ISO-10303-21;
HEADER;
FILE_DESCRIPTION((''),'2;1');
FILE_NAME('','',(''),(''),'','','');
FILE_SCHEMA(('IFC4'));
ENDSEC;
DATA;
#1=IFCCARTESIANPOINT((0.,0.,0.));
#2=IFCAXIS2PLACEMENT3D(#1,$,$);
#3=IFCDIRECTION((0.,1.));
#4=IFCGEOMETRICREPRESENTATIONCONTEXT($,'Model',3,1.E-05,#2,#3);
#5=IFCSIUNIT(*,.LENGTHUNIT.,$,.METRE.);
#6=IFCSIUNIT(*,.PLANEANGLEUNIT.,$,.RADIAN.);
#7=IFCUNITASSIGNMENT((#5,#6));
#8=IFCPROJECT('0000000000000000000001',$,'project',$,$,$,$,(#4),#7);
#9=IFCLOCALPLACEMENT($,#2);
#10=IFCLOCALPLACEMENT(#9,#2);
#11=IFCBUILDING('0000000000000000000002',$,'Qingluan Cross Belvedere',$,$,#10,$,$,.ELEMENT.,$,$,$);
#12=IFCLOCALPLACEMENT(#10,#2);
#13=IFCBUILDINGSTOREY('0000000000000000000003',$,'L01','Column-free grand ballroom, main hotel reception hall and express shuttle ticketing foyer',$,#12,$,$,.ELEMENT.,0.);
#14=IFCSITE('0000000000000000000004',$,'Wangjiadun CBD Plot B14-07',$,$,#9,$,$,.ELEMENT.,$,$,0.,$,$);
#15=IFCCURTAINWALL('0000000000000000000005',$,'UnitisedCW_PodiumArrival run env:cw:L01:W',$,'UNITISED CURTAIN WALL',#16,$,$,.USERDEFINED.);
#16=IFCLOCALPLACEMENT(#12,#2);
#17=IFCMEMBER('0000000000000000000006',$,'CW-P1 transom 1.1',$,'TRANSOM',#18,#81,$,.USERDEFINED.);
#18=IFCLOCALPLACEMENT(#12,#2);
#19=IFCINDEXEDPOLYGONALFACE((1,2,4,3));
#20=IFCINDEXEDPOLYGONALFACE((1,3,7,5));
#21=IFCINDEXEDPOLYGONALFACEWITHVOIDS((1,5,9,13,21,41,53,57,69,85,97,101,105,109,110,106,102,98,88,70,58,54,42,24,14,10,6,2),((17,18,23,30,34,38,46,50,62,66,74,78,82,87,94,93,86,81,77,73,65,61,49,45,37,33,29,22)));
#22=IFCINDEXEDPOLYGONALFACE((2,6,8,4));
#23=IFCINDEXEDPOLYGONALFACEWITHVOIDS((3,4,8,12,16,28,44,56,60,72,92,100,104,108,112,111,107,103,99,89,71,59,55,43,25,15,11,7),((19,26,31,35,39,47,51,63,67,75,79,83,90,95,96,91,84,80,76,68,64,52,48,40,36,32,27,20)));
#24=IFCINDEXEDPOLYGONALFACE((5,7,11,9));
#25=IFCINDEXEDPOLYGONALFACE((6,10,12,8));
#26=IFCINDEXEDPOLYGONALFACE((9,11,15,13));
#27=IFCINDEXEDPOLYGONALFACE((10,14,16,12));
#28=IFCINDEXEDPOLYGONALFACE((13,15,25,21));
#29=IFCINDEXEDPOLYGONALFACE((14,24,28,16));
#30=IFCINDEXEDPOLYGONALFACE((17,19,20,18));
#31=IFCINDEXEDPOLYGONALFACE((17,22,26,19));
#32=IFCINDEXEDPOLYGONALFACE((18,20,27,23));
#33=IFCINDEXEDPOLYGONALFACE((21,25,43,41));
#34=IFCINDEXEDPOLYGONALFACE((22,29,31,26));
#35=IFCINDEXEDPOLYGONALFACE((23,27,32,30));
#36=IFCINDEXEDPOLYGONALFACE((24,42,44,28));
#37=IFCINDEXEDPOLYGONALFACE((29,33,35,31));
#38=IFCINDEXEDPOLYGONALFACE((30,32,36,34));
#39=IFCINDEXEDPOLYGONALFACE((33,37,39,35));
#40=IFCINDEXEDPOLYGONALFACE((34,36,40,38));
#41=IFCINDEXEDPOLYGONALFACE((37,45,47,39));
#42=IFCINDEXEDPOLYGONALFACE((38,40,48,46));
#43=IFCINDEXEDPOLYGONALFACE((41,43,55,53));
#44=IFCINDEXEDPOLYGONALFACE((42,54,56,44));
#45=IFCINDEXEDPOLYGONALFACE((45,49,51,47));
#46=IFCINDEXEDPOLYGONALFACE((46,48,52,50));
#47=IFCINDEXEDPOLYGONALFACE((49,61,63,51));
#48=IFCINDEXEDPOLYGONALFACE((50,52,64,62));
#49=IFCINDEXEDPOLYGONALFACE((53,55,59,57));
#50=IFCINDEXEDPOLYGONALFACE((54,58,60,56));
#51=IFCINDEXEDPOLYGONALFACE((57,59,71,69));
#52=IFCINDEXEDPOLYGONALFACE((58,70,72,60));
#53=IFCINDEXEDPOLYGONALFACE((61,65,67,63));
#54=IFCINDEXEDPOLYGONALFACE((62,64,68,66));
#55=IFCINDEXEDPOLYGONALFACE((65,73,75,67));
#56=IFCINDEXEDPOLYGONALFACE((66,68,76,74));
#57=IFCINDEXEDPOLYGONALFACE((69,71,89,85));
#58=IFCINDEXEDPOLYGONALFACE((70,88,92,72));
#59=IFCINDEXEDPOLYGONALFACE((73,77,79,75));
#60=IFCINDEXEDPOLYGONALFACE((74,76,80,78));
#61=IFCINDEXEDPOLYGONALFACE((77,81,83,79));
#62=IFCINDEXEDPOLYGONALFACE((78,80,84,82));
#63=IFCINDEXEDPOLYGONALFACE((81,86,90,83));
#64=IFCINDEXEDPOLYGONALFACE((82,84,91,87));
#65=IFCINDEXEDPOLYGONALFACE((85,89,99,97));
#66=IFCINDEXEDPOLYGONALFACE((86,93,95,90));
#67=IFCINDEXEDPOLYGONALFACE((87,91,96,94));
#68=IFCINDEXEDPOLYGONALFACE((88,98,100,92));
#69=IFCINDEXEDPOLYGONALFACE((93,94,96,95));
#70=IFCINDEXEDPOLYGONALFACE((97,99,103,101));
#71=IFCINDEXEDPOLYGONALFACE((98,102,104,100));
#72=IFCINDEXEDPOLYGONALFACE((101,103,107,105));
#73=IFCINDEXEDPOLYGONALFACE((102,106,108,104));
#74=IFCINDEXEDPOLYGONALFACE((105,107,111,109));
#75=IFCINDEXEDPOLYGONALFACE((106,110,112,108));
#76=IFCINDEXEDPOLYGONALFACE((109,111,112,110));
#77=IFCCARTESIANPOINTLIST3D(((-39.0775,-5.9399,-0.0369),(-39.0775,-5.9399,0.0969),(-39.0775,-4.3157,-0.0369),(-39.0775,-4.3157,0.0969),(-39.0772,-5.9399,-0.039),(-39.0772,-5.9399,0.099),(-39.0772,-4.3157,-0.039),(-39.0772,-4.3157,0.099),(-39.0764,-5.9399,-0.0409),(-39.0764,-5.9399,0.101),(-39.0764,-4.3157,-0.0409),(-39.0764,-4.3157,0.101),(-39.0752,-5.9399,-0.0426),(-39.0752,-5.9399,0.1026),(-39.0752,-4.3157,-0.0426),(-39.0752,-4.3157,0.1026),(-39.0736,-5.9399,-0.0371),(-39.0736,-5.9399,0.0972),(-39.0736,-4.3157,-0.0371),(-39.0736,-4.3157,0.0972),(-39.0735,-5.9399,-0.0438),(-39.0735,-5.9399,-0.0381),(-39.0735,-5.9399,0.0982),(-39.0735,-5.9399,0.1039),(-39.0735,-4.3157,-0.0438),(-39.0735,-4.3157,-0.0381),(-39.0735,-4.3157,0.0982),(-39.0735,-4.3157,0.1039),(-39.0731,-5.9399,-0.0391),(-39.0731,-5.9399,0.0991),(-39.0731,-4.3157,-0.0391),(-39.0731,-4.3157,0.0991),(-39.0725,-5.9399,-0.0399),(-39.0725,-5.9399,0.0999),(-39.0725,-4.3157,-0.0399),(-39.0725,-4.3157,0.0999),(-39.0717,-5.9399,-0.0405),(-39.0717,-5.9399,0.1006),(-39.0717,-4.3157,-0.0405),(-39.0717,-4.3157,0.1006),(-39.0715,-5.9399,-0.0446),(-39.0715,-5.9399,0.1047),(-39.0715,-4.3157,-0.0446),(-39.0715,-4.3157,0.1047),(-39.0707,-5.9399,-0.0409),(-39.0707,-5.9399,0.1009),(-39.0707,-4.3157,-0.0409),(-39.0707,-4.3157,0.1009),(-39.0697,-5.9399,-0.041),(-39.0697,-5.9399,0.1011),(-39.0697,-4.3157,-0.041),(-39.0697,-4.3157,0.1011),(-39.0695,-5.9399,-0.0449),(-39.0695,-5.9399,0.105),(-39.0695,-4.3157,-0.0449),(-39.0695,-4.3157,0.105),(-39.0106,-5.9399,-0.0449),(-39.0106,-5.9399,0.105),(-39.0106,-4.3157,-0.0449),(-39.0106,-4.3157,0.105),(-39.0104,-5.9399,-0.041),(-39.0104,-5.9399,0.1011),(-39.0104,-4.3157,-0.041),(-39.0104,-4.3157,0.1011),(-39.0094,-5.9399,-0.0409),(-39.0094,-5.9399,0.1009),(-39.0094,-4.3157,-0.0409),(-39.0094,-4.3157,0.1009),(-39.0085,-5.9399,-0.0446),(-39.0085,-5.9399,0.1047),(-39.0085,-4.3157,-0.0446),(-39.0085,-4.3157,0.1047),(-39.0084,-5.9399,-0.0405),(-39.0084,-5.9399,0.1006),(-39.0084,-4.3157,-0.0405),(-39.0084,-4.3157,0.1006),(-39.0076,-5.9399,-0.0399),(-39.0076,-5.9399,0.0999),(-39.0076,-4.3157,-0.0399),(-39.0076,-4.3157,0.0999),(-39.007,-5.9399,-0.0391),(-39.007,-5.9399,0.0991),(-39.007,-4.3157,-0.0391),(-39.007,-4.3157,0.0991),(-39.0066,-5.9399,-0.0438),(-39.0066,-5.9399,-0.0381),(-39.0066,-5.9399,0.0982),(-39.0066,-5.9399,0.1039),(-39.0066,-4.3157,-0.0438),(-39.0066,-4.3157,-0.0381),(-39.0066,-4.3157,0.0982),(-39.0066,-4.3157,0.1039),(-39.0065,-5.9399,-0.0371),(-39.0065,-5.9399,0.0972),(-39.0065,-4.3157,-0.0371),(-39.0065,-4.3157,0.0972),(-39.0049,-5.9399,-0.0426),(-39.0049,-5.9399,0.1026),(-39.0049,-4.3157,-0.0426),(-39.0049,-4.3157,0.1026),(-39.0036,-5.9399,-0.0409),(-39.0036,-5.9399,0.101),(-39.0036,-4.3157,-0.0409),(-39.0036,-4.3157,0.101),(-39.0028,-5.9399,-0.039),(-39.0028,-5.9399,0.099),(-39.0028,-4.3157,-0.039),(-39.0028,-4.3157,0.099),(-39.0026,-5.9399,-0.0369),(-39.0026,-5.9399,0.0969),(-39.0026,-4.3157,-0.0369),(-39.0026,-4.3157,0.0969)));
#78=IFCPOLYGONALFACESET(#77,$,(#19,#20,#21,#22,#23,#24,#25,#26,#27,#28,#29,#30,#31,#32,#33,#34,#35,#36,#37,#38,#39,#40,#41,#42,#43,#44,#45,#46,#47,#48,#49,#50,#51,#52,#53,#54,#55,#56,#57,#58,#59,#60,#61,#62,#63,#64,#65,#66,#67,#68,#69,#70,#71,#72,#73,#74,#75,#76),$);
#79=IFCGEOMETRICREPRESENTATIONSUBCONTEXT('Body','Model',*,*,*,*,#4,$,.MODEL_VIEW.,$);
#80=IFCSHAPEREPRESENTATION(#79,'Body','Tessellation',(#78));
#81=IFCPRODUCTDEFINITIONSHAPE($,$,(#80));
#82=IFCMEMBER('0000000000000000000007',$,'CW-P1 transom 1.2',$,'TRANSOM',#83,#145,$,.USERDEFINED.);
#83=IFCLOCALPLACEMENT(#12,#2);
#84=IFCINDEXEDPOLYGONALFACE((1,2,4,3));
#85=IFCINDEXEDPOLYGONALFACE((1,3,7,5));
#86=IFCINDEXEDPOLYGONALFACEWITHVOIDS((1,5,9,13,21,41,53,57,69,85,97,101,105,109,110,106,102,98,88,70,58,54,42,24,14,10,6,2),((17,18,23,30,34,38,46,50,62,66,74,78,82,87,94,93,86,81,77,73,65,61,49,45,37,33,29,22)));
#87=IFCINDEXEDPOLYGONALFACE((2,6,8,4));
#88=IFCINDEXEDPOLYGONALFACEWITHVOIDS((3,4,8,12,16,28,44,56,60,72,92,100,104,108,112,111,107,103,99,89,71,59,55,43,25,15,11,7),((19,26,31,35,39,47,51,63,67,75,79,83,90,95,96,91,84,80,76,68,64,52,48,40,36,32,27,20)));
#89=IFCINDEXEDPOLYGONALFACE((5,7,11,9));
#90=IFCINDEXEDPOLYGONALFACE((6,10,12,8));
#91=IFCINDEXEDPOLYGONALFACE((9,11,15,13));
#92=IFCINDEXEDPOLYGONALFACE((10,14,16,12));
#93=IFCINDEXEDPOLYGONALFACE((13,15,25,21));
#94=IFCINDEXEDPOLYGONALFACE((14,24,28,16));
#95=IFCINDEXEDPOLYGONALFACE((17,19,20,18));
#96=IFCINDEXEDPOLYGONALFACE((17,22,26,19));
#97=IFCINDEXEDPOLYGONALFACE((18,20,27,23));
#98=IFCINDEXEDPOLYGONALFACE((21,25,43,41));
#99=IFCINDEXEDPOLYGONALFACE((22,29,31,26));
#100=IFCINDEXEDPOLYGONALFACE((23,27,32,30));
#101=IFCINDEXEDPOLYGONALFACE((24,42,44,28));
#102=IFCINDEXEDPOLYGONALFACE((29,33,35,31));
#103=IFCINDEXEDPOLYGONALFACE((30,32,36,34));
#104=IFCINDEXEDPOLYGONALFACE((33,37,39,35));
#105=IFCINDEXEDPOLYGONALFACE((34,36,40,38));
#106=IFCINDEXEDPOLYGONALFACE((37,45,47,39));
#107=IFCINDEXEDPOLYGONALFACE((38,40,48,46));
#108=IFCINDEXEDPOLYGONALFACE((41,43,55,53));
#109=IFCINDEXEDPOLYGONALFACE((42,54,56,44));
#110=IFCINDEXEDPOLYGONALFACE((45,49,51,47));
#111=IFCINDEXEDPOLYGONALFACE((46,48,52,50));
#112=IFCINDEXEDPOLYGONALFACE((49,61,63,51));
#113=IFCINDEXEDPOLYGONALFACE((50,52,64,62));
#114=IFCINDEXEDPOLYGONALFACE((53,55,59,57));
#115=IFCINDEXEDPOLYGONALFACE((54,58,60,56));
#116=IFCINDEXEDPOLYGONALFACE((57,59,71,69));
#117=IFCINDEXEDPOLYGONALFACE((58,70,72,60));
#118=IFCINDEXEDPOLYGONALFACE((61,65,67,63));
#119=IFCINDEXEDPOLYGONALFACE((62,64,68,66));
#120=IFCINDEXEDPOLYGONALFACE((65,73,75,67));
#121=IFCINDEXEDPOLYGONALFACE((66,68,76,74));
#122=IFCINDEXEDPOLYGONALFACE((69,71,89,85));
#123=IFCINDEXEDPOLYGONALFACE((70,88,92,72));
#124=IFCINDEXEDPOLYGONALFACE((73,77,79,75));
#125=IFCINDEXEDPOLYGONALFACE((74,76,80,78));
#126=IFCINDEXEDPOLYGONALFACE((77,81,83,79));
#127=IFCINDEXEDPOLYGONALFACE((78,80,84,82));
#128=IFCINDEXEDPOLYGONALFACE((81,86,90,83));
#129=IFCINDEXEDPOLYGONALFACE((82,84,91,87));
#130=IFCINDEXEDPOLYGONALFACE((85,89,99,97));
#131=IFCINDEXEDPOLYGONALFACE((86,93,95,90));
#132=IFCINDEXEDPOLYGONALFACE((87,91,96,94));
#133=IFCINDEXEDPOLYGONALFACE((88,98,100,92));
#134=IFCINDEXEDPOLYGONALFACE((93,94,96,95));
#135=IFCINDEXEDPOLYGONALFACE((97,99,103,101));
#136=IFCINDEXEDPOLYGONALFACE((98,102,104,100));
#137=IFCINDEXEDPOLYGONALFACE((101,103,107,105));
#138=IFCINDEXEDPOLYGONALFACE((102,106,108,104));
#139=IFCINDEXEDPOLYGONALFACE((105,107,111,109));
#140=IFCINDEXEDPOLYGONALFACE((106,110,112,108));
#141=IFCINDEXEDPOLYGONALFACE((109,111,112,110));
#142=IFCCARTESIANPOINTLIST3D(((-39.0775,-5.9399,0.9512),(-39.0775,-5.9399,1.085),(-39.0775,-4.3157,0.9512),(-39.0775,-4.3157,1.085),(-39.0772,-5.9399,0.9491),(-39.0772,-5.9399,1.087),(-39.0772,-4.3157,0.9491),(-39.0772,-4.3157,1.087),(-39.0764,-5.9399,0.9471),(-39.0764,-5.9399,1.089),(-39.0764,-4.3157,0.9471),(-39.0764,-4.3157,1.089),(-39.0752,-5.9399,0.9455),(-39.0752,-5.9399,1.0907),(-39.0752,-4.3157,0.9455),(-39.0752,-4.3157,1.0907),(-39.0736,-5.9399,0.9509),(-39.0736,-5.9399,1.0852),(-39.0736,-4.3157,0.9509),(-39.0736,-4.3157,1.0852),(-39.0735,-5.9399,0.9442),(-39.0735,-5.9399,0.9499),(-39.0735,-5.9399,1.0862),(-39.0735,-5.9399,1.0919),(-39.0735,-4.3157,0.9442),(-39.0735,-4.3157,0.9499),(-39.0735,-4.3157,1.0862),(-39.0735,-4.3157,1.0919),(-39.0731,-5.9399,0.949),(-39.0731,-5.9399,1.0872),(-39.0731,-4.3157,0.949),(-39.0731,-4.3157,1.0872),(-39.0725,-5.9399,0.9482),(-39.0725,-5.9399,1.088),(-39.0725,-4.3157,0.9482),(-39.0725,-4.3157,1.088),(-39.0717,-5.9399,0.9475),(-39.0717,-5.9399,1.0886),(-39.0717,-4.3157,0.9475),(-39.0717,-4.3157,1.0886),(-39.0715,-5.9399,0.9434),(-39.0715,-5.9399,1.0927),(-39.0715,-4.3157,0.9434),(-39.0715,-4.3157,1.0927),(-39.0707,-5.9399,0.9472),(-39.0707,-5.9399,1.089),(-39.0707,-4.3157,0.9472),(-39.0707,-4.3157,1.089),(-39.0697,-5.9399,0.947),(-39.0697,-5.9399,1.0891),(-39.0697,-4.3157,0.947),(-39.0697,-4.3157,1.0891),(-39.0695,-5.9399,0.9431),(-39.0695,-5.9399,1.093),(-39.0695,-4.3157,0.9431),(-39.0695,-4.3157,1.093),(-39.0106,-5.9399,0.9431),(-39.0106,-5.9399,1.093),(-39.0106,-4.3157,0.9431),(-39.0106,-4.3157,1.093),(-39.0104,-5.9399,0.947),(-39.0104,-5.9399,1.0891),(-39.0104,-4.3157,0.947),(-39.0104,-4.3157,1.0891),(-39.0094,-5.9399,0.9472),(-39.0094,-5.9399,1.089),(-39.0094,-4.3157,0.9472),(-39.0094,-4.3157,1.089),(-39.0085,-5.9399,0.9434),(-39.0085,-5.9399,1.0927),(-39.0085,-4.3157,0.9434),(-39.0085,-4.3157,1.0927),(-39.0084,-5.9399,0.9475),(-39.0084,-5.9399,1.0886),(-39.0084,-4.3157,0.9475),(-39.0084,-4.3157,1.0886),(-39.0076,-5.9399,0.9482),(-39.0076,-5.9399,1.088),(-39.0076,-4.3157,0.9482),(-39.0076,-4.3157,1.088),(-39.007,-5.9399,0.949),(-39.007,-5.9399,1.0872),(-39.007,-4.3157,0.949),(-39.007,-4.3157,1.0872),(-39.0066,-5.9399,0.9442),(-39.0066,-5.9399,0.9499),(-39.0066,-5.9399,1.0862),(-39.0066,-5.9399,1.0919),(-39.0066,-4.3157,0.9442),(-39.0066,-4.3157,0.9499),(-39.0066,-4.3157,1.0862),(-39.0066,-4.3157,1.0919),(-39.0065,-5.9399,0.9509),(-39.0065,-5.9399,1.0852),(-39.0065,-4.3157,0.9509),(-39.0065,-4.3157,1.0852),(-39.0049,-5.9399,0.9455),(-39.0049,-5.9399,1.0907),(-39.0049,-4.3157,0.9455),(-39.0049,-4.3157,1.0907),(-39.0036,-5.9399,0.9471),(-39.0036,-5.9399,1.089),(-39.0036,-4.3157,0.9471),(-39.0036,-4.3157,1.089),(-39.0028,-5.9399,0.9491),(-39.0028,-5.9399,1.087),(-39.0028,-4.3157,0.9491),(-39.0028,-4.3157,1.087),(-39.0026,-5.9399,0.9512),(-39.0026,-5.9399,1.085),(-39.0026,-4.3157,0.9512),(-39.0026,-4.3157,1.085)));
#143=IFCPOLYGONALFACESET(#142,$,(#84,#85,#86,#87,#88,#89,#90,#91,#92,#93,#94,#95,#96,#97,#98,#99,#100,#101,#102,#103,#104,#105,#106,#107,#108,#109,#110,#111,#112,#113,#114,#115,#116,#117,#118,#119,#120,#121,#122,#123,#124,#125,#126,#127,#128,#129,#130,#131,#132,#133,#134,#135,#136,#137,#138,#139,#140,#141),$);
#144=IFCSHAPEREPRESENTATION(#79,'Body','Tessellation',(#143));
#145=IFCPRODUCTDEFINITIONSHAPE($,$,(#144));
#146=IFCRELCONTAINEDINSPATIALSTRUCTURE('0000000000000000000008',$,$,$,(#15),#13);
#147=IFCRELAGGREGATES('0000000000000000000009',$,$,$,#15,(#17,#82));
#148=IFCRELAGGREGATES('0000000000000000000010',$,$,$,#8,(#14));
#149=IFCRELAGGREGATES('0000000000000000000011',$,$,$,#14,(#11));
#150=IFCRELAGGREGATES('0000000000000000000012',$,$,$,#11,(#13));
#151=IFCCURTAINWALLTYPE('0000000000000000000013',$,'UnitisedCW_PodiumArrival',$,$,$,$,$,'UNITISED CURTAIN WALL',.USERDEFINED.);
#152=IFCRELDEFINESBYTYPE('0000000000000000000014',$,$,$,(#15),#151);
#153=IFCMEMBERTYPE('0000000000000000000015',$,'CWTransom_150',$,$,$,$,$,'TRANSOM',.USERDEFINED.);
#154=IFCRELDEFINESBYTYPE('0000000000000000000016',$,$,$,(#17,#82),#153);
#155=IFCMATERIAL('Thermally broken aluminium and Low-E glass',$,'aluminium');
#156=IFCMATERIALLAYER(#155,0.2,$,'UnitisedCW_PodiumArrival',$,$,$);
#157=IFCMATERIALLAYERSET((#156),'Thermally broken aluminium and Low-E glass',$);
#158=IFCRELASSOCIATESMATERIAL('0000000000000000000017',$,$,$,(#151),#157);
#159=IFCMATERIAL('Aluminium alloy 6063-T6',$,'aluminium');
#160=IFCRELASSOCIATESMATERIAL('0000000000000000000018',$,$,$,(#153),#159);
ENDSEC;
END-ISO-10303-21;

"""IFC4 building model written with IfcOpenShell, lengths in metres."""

from ifc_helpers import new_model, si_unit, direction, frame, origin, origin_2d, place, context, subcontext, project, spatial, hollow_rectangle, extrude, material, layer, layer_set, material_profile, profile_set, type_object, element, aggregate, save


model = new_model("IFC4")

# Units and contexts
model_context = context("Model", 3, precision=1e-05, world=origin(), true_north=direction((0.0, 1.0)))
body_context = subcontext(model_context, "Body", "Model", "MODEL_VIEW")
ifc_project = project(units=[si_unit("LENGTHUNIT", "METRE"), si_unit("PLANEANGLEUNIT", "RADIAN")], contexts=[model_context])

# Site, building, storey
site_placement = place(None, origin())
site = spatial("IfcSite", under=ifc_project, at=site_placement, Name="Wangjiadun CBD Plot B14-07", CompositionType="ELEMENT", RefElevation=0.0)
building_placement = place(site_placement, origin())
building = spatial("IfcBuilding", under=site, at=building_placement, Name="Qingluan Cross Belvedere", CompositionType="ELEMENT")
storey_placement = place(building_placement, origin())
storey = spatial("IfcBuildingStorey", under=building, at=storey_placement, Name="L01", Description="Column-free grand ballroom, main hotel reception hall and express shuttle ticketing foyer", CompositionType="ELEMENT", Elevation=0.0)

# Curtain wall, members
ifc_material_1 = material(Name="Thermally broken aluminium and Low-E glass", Category="aluminium")
ifc_layer_1 = layer(ifc_material_1, 0.2, Name="UnitisedCW_PodiumArrival")
ifc_layer_set_1 = layer_set([ifc_layer_1], Name="Thermally broken aluminium and Low-E glass")
curtain_wall_type = type_object("IfcCurtainWallType", Name="UnitisedCW_PodiumArrival", ElementType="UNITISED CURTAIN WALL", PredefinedType="USERDEFINED", material=ifc_layer_set_1)
curtain_wall_placement = place(storey_placement, origin())
curtain_wall = element("IfcCurtainWall", 1, at=curtain_wall_placement, inside=storey, type_object=curtain_wall_type, Name="UnitisedCW_PodiumArrival run env:cw:L01:W", ObjectType="UNITISED CURTAIN WALL", PredefinedType="USERDEFINED")
ifc_material_2 = material(Name="Aluminium alloy 6063-T6", Category="aluminium")
ifc_material_profile_1 = material_profile(ifc_material_2, hollow_rectangle(XDim=0.075, YDim=0.1499, WallThickness=0.0039, InnerFilletRadius=0.0039, OuterFilletRadius=0.0081, at=origin_2d()), Name="CWT150x75x4")
ifc_profile_set_1 = profile_set([ifc_material_profile_1], Name="Aluminium alloy 6063-T6")
member_type_1 = type_object("IfcMemberType", Name="CWTransom_150", ElementType="TRANSOM", PredefinedType="USERDEFINED", material=ifc_profile_set_1)
member_1_placement = place(storey_placement, frame((-39.04, -5.9399, 0.03), z_axis=(0.0, 1.0, 0.0), x_axis=(-1.0, 0.0, 0.0)))
member_1 = element("IfcMember", 2, at=member_1_placement, type_object=member_type_1, Name="CW-P1 transom 1.1", ObjectType="TRANSOM", PredefinedType="USERDEFINED", context=body_context, shape_type="SweptSolid", body=[
    extrude(hollow_rectangle(XDim=0.075, YDim=0.1499, WallThickness=0.0039, InnerFilletRadius=0.0039, OuterFilletRadius=0.0081, at=origin_2d()), origin(), (0.0, 0.0, 1.0), 1.6243),
])
member_2_placement = place(storey_placement, frame((-39.04, -5.9399, 1.0181), z_axis=(0.0, 1.0, 0.0), x_axis=(-1.0, 0.0, 0.0)))
member_2 = element("IfcMember", 3, at=member_2_placement, type_object=member_type_1, Name="CW-P1 transom 1.2", ObjectType="TRANSOM", PredefinedType="USERDEFINED", context=body_context, shape_type="SweptSolid", body=[
    extrude(hollow_rectangle(XDim=0.075, YDim=0.1499, WallThickness=0.0039, InnerFilletRadius=0.0039, OuterFilletRadius=0.0081, at=origin_2d()), origin(), (0.0, 0.0, 1.0), 1.6243),
])
aggregate(curtain_wall, [member_1, member_2])

save(model, "model.ifc")
